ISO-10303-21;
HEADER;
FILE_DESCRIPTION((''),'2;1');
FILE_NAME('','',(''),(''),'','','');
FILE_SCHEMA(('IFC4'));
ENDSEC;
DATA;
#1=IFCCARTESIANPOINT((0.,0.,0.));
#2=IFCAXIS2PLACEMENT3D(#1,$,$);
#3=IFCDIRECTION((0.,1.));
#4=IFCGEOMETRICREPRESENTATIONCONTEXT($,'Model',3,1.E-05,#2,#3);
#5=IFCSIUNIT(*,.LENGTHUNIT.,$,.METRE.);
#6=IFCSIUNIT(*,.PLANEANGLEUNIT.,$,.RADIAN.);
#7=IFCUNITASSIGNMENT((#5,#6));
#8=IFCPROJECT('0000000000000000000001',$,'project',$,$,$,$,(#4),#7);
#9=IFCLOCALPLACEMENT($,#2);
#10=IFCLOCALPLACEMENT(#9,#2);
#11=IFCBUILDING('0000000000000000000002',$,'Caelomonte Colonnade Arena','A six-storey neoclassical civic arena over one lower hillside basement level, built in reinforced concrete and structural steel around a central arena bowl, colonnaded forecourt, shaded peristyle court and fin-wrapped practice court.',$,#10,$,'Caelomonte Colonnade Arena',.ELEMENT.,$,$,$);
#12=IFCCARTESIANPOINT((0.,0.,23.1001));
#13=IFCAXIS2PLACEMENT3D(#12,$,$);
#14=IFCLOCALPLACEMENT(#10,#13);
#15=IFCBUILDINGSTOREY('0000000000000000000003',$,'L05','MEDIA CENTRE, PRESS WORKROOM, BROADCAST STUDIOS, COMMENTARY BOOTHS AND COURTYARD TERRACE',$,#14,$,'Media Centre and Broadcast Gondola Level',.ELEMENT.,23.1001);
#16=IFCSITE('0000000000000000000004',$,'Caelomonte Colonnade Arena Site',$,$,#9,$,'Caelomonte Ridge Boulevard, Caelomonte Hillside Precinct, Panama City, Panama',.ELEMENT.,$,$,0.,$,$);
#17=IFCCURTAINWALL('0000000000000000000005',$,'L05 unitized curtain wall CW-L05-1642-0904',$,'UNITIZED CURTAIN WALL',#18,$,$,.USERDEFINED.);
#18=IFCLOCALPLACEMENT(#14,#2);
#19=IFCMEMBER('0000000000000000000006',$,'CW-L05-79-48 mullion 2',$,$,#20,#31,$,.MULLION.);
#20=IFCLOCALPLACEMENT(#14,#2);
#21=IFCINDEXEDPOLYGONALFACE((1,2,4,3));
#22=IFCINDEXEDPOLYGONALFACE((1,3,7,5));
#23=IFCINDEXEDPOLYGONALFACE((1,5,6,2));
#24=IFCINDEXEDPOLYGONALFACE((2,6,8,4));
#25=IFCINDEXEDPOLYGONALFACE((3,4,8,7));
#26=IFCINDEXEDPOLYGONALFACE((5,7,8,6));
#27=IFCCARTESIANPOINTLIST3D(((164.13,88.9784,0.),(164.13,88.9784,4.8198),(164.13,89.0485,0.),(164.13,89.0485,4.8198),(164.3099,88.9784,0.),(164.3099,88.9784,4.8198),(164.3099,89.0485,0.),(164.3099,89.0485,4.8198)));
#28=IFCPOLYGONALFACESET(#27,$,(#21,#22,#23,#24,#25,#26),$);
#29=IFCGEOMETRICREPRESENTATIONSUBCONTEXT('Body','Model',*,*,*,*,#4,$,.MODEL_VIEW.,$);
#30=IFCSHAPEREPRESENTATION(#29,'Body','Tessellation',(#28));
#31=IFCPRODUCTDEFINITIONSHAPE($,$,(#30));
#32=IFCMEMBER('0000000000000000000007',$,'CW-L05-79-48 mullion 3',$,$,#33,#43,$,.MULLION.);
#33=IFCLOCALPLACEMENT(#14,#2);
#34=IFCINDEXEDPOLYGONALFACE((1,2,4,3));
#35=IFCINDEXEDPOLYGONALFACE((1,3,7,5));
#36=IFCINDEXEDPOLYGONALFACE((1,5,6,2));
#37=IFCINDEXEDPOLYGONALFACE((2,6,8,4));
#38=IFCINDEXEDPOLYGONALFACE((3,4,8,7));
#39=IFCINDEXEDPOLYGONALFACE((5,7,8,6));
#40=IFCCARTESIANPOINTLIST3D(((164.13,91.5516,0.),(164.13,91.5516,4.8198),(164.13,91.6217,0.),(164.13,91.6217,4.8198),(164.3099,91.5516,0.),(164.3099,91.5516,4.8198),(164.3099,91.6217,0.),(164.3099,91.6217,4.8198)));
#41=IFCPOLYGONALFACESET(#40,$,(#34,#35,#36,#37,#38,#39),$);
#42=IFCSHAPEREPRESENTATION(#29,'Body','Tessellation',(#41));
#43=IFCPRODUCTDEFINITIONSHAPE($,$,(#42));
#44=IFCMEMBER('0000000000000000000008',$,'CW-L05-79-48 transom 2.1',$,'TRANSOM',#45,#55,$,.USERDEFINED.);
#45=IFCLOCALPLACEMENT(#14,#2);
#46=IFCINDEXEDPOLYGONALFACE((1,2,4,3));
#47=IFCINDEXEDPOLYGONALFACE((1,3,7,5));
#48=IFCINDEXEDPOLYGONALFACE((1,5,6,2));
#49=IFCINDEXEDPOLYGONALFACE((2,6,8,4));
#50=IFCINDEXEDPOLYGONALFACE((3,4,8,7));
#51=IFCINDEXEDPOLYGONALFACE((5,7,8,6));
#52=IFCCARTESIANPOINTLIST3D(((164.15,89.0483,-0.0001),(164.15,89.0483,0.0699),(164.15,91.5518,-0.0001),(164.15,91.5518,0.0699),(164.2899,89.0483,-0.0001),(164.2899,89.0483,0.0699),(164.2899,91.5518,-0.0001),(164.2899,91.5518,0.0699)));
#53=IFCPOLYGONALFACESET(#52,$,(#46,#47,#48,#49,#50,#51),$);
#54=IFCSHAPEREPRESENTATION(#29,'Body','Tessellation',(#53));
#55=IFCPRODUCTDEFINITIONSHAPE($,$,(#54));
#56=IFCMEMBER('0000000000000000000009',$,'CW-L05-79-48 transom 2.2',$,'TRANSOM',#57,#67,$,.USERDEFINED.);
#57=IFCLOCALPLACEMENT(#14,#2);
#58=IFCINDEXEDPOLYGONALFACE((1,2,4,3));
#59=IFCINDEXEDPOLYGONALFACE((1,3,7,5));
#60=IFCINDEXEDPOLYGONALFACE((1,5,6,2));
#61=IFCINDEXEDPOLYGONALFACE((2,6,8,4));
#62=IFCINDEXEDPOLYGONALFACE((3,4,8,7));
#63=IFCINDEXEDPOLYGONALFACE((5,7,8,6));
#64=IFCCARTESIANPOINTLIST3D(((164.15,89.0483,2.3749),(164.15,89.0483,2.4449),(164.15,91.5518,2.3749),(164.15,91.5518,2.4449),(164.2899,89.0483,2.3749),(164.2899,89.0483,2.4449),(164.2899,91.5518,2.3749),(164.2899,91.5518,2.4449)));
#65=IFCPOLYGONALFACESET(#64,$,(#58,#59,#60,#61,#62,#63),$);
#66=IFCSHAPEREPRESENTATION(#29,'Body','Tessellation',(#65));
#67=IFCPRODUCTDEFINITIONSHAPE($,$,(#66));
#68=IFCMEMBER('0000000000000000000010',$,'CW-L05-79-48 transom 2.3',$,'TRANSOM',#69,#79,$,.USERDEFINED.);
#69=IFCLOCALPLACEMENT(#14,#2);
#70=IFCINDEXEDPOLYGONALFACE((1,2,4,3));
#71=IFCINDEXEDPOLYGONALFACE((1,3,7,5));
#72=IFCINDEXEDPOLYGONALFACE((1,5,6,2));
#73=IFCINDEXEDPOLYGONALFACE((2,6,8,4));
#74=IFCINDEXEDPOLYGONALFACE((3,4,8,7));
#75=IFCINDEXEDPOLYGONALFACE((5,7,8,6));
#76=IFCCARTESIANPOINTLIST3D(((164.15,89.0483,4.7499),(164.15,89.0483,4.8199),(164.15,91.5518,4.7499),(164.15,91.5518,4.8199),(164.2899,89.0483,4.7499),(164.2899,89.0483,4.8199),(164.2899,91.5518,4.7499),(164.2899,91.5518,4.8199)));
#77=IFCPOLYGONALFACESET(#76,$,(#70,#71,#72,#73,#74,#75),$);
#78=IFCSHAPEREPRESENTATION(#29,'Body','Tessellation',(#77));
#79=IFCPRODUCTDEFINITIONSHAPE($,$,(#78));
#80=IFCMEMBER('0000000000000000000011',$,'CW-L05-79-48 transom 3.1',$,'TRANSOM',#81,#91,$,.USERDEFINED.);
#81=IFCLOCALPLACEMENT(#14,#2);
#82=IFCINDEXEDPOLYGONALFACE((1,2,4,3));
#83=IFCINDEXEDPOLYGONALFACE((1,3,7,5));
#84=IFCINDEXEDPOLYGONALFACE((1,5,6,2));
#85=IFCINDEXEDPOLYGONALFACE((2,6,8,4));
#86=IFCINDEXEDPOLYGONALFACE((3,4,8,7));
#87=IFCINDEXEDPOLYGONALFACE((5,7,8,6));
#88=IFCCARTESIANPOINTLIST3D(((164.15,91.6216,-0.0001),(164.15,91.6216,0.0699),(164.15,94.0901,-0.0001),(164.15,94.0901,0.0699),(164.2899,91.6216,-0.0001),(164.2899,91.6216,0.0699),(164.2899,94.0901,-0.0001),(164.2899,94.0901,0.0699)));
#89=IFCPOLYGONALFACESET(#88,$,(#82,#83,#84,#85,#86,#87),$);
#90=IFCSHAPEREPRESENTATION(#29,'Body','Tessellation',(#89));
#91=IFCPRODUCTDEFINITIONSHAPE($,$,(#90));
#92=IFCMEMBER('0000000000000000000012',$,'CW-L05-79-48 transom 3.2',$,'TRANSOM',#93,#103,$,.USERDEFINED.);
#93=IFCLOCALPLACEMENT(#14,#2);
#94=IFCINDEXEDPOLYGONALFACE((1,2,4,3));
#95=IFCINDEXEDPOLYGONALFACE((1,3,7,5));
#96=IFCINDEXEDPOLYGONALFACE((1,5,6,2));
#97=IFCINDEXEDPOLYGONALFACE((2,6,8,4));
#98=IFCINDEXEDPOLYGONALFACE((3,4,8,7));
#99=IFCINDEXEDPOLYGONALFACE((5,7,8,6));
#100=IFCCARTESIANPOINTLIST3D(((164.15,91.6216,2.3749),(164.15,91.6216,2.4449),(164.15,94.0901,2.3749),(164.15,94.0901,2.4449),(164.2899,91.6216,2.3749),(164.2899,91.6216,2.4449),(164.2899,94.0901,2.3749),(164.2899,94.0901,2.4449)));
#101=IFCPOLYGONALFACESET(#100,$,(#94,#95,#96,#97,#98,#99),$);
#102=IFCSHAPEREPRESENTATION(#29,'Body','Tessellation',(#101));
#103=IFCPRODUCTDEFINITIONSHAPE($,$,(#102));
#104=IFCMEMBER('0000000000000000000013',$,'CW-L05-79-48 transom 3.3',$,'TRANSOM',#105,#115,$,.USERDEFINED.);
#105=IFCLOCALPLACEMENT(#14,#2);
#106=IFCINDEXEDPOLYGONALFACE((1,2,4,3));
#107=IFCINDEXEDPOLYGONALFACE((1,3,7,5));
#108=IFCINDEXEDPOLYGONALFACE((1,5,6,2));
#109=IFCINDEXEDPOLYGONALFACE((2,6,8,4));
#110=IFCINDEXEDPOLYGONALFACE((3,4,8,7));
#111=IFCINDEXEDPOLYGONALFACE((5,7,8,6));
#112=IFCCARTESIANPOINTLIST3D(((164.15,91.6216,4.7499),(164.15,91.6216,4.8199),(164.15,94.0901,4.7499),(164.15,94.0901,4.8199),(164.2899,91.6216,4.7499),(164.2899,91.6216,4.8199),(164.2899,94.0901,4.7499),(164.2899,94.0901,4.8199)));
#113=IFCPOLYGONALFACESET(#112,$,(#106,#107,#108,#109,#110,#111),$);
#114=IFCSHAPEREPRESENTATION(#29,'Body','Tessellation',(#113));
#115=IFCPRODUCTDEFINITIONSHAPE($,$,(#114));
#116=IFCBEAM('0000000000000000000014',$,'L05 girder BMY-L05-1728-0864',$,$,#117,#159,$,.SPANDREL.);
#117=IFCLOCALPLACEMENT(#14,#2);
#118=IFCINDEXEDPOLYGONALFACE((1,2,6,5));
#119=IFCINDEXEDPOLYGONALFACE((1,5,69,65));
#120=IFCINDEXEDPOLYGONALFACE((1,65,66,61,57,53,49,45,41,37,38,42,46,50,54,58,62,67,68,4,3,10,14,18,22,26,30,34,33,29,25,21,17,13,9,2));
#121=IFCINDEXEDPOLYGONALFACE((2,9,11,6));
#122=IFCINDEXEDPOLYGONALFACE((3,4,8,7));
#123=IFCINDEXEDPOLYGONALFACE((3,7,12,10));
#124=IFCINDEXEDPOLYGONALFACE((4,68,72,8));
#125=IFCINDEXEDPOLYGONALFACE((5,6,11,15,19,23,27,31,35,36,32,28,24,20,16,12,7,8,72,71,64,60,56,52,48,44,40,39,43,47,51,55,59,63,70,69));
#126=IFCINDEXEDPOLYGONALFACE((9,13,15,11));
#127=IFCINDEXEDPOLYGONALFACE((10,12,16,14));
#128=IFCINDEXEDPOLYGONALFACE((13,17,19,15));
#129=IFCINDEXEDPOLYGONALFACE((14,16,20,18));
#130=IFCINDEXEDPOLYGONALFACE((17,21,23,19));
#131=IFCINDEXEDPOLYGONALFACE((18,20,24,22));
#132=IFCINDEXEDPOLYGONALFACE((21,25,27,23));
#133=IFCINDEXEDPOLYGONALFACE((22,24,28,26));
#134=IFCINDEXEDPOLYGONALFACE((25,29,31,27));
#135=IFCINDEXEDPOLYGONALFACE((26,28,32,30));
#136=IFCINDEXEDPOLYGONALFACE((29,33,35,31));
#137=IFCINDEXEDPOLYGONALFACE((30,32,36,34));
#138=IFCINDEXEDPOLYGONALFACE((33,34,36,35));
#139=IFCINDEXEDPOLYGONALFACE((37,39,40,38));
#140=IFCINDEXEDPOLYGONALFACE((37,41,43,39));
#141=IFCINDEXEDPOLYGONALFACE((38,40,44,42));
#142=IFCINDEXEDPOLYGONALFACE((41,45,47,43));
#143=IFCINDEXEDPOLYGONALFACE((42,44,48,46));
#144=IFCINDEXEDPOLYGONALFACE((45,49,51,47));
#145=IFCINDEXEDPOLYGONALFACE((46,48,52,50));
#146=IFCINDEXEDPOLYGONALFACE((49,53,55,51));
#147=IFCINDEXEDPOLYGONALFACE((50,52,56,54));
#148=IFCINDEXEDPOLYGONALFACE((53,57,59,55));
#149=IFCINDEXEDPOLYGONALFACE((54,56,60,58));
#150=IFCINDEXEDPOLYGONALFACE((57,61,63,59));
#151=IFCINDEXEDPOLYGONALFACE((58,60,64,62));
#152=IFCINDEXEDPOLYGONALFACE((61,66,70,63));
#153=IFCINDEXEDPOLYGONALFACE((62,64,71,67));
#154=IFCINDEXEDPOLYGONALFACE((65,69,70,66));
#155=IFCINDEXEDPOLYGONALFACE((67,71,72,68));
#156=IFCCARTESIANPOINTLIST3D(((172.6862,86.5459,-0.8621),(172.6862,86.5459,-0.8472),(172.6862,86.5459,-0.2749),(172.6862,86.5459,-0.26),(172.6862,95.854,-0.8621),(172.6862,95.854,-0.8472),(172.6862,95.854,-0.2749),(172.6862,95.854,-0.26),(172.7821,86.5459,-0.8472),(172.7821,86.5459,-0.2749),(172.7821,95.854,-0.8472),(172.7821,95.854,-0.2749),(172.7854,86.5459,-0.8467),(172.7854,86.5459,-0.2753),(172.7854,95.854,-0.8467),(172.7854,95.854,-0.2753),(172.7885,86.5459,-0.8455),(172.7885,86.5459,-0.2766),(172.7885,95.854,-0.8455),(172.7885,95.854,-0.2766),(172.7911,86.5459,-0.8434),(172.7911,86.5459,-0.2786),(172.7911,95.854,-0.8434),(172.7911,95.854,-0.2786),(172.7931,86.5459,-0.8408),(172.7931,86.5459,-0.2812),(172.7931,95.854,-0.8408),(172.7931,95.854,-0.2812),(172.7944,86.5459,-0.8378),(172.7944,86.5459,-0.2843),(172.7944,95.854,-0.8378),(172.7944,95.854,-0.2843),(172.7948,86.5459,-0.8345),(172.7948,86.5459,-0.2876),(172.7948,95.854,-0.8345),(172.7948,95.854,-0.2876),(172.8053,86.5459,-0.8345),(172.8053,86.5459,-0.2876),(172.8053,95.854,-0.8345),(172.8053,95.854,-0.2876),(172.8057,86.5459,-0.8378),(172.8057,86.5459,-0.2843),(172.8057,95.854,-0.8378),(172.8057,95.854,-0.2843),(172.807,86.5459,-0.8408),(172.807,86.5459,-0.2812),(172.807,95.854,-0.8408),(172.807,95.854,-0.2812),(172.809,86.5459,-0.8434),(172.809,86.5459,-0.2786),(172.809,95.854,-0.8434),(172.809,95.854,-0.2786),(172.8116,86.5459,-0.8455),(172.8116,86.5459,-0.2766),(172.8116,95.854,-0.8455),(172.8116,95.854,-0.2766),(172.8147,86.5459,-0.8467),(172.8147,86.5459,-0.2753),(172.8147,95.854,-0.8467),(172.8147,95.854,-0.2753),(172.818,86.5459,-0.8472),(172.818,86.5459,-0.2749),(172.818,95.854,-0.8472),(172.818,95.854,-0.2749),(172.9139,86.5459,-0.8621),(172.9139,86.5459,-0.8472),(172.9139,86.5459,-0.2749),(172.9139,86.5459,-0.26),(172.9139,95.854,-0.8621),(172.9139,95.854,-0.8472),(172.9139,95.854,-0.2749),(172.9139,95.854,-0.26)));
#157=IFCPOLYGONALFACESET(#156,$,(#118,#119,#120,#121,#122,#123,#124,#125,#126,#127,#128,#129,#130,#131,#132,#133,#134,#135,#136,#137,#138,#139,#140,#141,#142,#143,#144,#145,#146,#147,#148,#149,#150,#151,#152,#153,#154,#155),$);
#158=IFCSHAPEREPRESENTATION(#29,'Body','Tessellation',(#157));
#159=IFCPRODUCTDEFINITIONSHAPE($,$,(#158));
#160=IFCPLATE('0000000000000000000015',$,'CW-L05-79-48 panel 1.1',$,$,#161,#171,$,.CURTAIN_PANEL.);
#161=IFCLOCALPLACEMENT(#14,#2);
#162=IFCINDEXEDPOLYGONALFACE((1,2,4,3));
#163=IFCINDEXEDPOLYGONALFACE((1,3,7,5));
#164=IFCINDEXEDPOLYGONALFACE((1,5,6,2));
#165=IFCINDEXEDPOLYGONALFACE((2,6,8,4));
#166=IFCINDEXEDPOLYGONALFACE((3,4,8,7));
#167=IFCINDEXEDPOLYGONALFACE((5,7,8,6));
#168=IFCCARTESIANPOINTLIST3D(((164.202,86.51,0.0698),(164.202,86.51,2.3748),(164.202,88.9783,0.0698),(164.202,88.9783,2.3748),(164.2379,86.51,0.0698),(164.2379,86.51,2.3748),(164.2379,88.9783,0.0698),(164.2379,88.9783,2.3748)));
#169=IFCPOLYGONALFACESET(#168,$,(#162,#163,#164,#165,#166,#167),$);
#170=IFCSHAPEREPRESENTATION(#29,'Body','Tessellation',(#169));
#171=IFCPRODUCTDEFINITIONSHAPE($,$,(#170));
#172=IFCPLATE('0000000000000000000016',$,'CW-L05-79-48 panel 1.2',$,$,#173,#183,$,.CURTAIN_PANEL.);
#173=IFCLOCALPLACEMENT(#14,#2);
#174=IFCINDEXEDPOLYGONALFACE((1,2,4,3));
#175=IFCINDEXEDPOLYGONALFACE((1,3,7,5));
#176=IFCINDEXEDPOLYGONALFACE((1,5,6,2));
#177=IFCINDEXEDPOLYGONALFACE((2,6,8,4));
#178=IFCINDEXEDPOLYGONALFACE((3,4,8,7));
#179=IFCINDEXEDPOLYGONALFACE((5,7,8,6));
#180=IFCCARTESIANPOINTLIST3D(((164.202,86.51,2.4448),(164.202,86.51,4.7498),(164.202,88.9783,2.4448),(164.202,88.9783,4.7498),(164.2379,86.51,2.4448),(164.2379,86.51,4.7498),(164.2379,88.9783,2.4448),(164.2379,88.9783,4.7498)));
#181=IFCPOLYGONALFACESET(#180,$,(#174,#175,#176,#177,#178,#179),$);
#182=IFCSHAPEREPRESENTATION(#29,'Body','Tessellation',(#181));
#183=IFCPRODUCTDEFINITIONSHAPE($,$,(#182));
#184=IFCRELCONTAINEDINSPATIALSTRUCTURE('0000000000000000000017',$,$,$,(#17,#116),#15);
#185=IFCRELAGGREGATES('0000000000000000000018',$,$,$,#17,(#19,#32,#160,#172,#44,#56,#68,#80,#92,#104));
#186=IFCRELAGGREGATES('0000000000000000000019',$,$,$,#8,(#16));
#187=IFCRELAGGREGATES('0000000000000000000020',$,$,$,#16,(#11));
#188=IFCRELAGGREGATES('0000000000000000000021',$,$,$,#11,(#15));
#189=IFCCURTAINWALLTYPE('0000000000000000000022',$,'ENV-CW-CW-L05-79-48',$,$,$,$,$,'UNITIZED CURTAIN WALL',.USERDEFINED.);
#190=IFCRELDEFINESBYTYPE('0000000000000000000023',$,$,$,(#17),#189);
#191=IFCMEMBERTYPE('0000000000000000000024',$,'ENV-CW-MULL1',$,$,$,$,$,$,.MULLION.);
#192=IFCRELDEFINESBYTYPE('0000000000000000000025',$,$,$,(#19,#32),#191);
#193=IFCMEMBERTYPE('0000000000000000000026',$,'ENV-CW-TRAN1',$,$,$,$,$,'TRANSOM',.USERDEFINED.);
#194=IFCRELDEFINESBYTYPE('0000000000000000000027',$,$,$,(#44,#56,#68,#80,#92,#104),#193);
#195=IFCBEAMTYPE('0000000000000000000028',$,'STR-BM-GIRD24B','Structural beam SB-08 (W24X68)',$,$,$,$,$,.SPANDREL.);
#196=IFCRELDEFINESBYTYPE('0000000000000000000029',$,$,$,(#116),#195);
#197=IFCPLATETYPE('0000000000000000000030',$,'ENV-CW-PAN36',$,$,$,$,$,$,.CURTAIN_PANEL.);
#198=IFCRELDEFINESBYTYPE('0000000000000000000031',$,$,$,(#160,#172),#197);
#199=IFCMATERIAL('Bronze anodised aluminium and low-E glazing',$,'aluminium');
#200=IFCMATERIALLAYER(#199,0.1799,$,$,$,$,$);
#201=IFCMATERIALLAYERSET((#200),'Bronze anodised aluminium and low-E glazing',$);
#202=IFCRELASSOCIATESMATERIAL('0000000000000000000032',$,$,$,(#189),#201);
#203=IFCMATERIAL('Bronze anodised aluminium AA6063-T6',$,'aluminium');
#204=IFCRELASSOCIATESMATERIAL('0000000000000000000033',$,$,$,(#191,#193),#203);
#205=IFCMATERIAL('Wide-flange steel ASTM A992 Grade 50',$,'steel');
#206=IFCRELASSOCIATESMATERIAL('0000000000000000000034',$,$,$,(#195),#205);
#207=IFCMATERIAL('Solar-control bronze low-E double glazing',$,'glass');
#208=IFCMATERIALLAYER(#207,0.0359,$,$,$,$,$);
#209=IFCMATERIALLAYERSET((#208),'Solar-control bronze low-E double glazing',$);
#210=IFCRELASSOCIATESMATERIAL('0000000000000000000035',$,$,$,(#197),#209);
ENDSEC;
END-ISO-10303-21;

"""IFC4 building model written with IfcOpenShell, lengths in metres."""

from ifc_helpers import new_model, si_unit, direction, frame, origin, origin_2d, place, context, subcontext, project, spatial, rectangle, i_section, extrude, material, layer, layer_set, material_profile, profile_set, type_object, element, aggregate, save


model = new_model("IFC4")

# Units and contexts
model_context = context("Model", 3, precision=1e-05, world=origin(), true_north=direction((0.0, 1.0)))
body_context = subcontext(model_context, "Body", "Model", "MODEL_VIEW")
ifc_project = project(units=[si_unit("LENGTHUNIT", "METRE"), si_unit("PLANEANGLEUNIT", "RADIAN")], contexts=[model_context])

# Site, building, storey
site_placement = place(None, origin())
site = spatial("IfcSite", under=ifc_project, at=site_placement, Name="Caelomonte Colonnade Arena Site", LongName="Caelomonte Ridge Boulevard, Caelomonte Hillside Precinct, Panama City, Panama", CompositionType="ELEMENT", RefElevation=0.0)
building_placement = place(site_placement, origin())
building = spatial("IfcBuilding", under=site, at=building_placement, Name="Caelomonte Colonnade Arena", Description="A six-storey neoclassical civic arena over one lower hillside basement level, built in reinforced concrete and structural steel around a central arena bowl, colonnaded forecourt, shaded peristyle court and fin-wrapped practice court.", LongName="Caelomonte Colonnade Arena", CompositionType="ELEMENT")
storey_placement = place(building_placement, frame((0.0, 0.0, 23.1001)))
storey = spatial("IfcBuildingStorey", under=building, at=storey_placement, Name="L05", Description="MEDIA CENTRE, PRESS WORKROOM, BROADCAST STUDIOS, COMMENTARY BOOTHS AND COURTYARD TERRACE", LongName="Media Centre and Broadcast Gondola Level", CompositionType="ELEMENT", Elevation=23.1001)

# Curtain wall, members
ifc_material_1 = material(Name="Bronze anodised aluminium and low-E glazing", Category="aluminium")
ifc_layer_1 = layer(ifc_material_1, 0.1799)
ifc_layer_set_1 = layer_set([ifc_layer_1], Name="Bronze anodised aluminium and low-E glazing")
curtain_wall_type = type_object("IfcCurtainWallType", Name="ENV-CW-CW-L05-79-48", ElementType="UNITIZED CURTAIN WALL", PredefinedType="USERDEFINED", material=ifc_layer_set_1)
curtain_wall_placement = place(storey_placement, origin())
curtain_wall = element("IfcCurtainWall", 1, at=curtain_wall_placement, inside=storey, type_object=curtain_wall_type, Name="L05 unitized curtain wall CW-L05-1642-0904", ObjectType="UNITIZED CURTAIN WALL", PredefinedType="USERDEFINED")
ifc_material_2 = material(Name="Bronze anodised aluminium AA6063-T6", Category="aluminium")
ifc_material_profile_1 = material_profile(ifc_material_2, rectangle(XDim=0.0701, YDim=0.1799, at=origin_2d()), Name="CWM-70X180")
ifc_profile_set_1 = profile_set([ifc_material_profile_1], Name="Bronze anodised aluminium AA6063-T6")
member_type_1 = type_object("IfcMemberType", Name="ENV-CW-MULL1", PredefinedType="MULLION", material=ifc_profile_set_1)
member_1_placement = place(storey_placement, frame((164.22, 89.0134, 0.0), z_axis=(0.0, 0.0, 1.0), x_axis=(0.0, 1.0, 0.0)))
member_1 = element("IfcMember", 2, at=member_1_placement, type_object=member_type_1, Name="CW-L05-79-48 mullion 2", PredefinedType="MULLION", context=body_context, shape_type="SweptSolid", body=[
    extrude(rectangle(XDim=0.0701, YDim=0.1799, at=origin_2d()), origin(), (0.0, 0.0, 1.0), 4.8198),
])
member_2_placement = place(storey_placement, frame((164.22, 91.5867, 0.0), z_axis=(0.0, 0.0, 1.0), x_axis=(0.0, 1.0, 0.0)))
member_2 = element("IfcMember", 3, at=member_2_placement, type_object=member_type_1, Name="CW-L05-79-48 mullion 3", PredefinedType="MULLION", context=body_context, shape_type="SweptSolid", body=[
    extrude(rectangle(XDim=0.0701, YDim=0.1799, at=origin_2d()), origin(), (0.0, 0.0, 1.0), 4.8198),
])
ifc_material_profile_2 = material_profile(ifc_material_2, rectangle(XDim=0.0701, YDim=0.1399, at=origin_2d()), Name="CWT-70X140")
ifc_profile_set_2 = profile_set([ifc_material_profile_2], Name="Bronze anodised aluminium AA6063-T6")
member_type_2 = type_object("IfcMemberType", Name="ENV-CW-TRAN1", ElementType="TRANSOM", PredefinedType="USERDEFINED", material=ifc_profile_set_2)
member_3_placement = place(storey_placement, frame((164.22, 89.0483, 0.0349), z_axis=(0.0, 1.0, 0.0), x_axis=(0.0, 0.0, 1.0)))
member_3 = element("IfcMember", 4, at=member_3_placement, type_object=member_type_2, Name="CW-L05-79-48 transom 2.1", ObjectType="TRANSOM", PredefinedType="USERDEFINED", context=body_context, shape_type="SweptSolid", body=[
    extrude(rectangle(XDim=0.0701, YDim=0.1399, at=origin_2d()), origin(), (0.0, 0.0, 1.0), 2.5034),
])
member_4_placement = place(storey_placement, frame((164.22, 89.0483, 2.4099), z_axis=(0.0, 1.0, 0.0), x_axis=(0.0, 0.0, 1.0)))
member_4 = element("IfcMember", 5, at=member_4_placement, type_object=member_type_2, Name="CW-L05-79-48 transom 2.2", ObjectType="TRANSOM", PredefinedType="USERDEFINED", context=body_context, shape_type="SweptSolid", body=[
    extrude(rectangle(XDim=0.0701, YDim=0.1399, at=origin_2d()), origin(), (0.0, 0.0, 1.0), 2.5034),
])
member_5_placement = place(storey_placement, frame((164.22, 89.0483, 4.7849), z_axis=(0.0, 1.0, 0.0), x_axis=(0.0, 0.0, 1.0)))
member_5 = element("IfcMember", 6, at=member_5_placement, type_object=member_type_2, Name="CW-L05-79-48 transom 2.3", ObjectType="TRANSOM", PredefinedType="USERDEFINED", context=body_context, shape_type="SweptSolid", body=[
    extrude(rectangle(XDim=0.0701, YDim=0.1399, at=origin_2d()), origin(), (0.0, 0.0, 1.0), 2.5034),
])
member_6_placement = place(storey_placement, frame((164.22, 91.6216, 0.0349), z_axis=(0.0, 1.0, 0.0), x_axis=(0.0, 0.0, 1.0)))
member_6 = element("IfcMember", 7, at=member_6_placement, type_object=member_type_2, Name="CW-L05-79-48 transom 3.1", ObjectType="TRANSOM", PredefinedType="USERDEFINED", context=body_context, shape_type="SweptSolid", body=[
    extrude(rectangle(XDim=0.0701, YDim=0.1399, at=origin_2d()), origin(), (0.0, 0.0, 1.0), 2.4685),
])
member_7_placement = place(storey_placement, frame((164.22, 91.6216, 2.4099), z_axis=(0.0, 1.0, 0.0), x_axis=(0.0, 0.0, 1.0)))
member_7 = element("IfcMember", 8, at=member_7_placement, type_object=member_type_2, Name="CW-L05-79-48 transom 3.2", ObjectType="TRANSOM", PredefinedType="USERDEFINED", context=body_context, shape_type="SweptSolid", body=[
    extrude(rectangle(XDim=0.0701, YDim=0.1399, at=origin_2d()), origin(), (0.0, 0.0, 1.0), 2.4685),
])
member_8_placement = place(storey_placement, frame((164.22, 91.6216, 4.7849), z_axis=(0.0, 1.0, 0.0), x_axis=(0.0, 0.0, 1.0)))
member_8 = element("IfcMember", 9, at=member_8_placement, type_object=member_type_2, Name="CW-L05-79-48 transom 3.3", ObjectType="TRANSOM", PredefinedType="USERDEFINED", context=body_context, shape_type="SweptSolid", body=[
    extrude(rectangle(XDim=0.0701, YDim=0.1399, at=origin_2d()), origin(), (0.0, 0.0, 1.0), 2.4685),
])

# Beam
ifc_material_3 = material(Name="Wide-flange steel ASTM A992 Grade 50", Category="steel")
ifc_material_profile_3 = material_profile(ifc_material_3, i_section(OverallWidth=0.2278, OverallDepth=0.6021, WebThickness=0.0105, FlangeThickness=0.0149, FilletRadius=0.0127, at=origin_2d()), Name="W24X68")
ifc_profile_set_3 = profile_set([ifc_material_profile_3], Name="Wide-flange steel ASTM A992 Grade 50")
beam_type = type_object("IfcBeamType", Name="STR-BM-GIRD24B", Description="Structural beam SB-08 (W24X68)", PredefinedType="SPANDREL", material=ifc_profile_set_3)
beam_placement = place(storey_placement, frame((172.8, 86.5459, -0.561), z_axis=(0.0, 1.0, 0.0), x_axis=(-1.0, 0.0, 0.0)))
element("IfcBeam", 10, at=beam_placement, inside=storey, type_object=beam_type, Name="L05 girder BMY-L05-1728-0864", PredefinedType="SPANDREL", context=body_context, shape_type="SweptSolid", body=[
    extrude(i_section(OverallWidth=0.2278, OverallDepth=0.6021, WebThickness=0.0105, FlangeThickness=0.0149, FilletRadius=0.0127, at=origin_2d()), origin(), (0.0, 0.0, 1.0), 9.3081),
])

# Plates
ifc_material_4 = material(Name="Solar-control bronze low-E double glazing", Category="glass")
ifc_layer_2 = layer(ifc_material_4, 0.0359)
ifc_layer_set_2 = layer_set([ifc_layer_2], Name="Solar-control bronze low-E double glazing")
plate_type = type_object("IfcPlateType", Name="ENV-CW-PAN36", PredefinedType="CURTAIN_PANEL", material=ifc_layer_set_2)
plate_1_placement = place(storey_placement, frame((164.22, 87.7441, 0.0698), z_axis=(0.0, 0.0, 1.0), x_axis=(0.0, 1.0, 0.0)))
plate_1 = element("IfcPlate", 11, at=plate_1_placement, type_object=plate_type, Name="CW-L05-79-48 panel 1.1", PredefinedType="CURTAIN_PANEL", context=body_context, shape_type="SweptSolid", body=[
    extrude(rectangle(XDim=2.4683, YDim=0.0359, at=origin_2d()), origin(), (0.0, 0.0, 1.0), 2.3049),
])
plate_2_placement = place(storey_placement, frame((164.22, 87.7441, 2.4448), z_axis=(0.0, 0.0, 1.0), x_axis=(0.0, 1.0, 0.0)))
plate_2 = element("IfcPlate", 12, at=plate_2_placement, type_object=plate_type, Name="CW-L05-79-48 panel 1.2", PredefinedType="CURTAIN_PANEL", context=body_context, shape_type="SweptSolid", body=[
    extrude(rectangle(XDim=2.4683, YDim=0.0359, at=origin_2d()), origin(), (0.0, 0.0, 1.0), 2.3049),
])
aggregate(curtain_wall, [member_1, member_2, plate_1, plate_2, member_3, member_4, member_5, member_6, member_7, member_8])

save(model, "model.ifc")
